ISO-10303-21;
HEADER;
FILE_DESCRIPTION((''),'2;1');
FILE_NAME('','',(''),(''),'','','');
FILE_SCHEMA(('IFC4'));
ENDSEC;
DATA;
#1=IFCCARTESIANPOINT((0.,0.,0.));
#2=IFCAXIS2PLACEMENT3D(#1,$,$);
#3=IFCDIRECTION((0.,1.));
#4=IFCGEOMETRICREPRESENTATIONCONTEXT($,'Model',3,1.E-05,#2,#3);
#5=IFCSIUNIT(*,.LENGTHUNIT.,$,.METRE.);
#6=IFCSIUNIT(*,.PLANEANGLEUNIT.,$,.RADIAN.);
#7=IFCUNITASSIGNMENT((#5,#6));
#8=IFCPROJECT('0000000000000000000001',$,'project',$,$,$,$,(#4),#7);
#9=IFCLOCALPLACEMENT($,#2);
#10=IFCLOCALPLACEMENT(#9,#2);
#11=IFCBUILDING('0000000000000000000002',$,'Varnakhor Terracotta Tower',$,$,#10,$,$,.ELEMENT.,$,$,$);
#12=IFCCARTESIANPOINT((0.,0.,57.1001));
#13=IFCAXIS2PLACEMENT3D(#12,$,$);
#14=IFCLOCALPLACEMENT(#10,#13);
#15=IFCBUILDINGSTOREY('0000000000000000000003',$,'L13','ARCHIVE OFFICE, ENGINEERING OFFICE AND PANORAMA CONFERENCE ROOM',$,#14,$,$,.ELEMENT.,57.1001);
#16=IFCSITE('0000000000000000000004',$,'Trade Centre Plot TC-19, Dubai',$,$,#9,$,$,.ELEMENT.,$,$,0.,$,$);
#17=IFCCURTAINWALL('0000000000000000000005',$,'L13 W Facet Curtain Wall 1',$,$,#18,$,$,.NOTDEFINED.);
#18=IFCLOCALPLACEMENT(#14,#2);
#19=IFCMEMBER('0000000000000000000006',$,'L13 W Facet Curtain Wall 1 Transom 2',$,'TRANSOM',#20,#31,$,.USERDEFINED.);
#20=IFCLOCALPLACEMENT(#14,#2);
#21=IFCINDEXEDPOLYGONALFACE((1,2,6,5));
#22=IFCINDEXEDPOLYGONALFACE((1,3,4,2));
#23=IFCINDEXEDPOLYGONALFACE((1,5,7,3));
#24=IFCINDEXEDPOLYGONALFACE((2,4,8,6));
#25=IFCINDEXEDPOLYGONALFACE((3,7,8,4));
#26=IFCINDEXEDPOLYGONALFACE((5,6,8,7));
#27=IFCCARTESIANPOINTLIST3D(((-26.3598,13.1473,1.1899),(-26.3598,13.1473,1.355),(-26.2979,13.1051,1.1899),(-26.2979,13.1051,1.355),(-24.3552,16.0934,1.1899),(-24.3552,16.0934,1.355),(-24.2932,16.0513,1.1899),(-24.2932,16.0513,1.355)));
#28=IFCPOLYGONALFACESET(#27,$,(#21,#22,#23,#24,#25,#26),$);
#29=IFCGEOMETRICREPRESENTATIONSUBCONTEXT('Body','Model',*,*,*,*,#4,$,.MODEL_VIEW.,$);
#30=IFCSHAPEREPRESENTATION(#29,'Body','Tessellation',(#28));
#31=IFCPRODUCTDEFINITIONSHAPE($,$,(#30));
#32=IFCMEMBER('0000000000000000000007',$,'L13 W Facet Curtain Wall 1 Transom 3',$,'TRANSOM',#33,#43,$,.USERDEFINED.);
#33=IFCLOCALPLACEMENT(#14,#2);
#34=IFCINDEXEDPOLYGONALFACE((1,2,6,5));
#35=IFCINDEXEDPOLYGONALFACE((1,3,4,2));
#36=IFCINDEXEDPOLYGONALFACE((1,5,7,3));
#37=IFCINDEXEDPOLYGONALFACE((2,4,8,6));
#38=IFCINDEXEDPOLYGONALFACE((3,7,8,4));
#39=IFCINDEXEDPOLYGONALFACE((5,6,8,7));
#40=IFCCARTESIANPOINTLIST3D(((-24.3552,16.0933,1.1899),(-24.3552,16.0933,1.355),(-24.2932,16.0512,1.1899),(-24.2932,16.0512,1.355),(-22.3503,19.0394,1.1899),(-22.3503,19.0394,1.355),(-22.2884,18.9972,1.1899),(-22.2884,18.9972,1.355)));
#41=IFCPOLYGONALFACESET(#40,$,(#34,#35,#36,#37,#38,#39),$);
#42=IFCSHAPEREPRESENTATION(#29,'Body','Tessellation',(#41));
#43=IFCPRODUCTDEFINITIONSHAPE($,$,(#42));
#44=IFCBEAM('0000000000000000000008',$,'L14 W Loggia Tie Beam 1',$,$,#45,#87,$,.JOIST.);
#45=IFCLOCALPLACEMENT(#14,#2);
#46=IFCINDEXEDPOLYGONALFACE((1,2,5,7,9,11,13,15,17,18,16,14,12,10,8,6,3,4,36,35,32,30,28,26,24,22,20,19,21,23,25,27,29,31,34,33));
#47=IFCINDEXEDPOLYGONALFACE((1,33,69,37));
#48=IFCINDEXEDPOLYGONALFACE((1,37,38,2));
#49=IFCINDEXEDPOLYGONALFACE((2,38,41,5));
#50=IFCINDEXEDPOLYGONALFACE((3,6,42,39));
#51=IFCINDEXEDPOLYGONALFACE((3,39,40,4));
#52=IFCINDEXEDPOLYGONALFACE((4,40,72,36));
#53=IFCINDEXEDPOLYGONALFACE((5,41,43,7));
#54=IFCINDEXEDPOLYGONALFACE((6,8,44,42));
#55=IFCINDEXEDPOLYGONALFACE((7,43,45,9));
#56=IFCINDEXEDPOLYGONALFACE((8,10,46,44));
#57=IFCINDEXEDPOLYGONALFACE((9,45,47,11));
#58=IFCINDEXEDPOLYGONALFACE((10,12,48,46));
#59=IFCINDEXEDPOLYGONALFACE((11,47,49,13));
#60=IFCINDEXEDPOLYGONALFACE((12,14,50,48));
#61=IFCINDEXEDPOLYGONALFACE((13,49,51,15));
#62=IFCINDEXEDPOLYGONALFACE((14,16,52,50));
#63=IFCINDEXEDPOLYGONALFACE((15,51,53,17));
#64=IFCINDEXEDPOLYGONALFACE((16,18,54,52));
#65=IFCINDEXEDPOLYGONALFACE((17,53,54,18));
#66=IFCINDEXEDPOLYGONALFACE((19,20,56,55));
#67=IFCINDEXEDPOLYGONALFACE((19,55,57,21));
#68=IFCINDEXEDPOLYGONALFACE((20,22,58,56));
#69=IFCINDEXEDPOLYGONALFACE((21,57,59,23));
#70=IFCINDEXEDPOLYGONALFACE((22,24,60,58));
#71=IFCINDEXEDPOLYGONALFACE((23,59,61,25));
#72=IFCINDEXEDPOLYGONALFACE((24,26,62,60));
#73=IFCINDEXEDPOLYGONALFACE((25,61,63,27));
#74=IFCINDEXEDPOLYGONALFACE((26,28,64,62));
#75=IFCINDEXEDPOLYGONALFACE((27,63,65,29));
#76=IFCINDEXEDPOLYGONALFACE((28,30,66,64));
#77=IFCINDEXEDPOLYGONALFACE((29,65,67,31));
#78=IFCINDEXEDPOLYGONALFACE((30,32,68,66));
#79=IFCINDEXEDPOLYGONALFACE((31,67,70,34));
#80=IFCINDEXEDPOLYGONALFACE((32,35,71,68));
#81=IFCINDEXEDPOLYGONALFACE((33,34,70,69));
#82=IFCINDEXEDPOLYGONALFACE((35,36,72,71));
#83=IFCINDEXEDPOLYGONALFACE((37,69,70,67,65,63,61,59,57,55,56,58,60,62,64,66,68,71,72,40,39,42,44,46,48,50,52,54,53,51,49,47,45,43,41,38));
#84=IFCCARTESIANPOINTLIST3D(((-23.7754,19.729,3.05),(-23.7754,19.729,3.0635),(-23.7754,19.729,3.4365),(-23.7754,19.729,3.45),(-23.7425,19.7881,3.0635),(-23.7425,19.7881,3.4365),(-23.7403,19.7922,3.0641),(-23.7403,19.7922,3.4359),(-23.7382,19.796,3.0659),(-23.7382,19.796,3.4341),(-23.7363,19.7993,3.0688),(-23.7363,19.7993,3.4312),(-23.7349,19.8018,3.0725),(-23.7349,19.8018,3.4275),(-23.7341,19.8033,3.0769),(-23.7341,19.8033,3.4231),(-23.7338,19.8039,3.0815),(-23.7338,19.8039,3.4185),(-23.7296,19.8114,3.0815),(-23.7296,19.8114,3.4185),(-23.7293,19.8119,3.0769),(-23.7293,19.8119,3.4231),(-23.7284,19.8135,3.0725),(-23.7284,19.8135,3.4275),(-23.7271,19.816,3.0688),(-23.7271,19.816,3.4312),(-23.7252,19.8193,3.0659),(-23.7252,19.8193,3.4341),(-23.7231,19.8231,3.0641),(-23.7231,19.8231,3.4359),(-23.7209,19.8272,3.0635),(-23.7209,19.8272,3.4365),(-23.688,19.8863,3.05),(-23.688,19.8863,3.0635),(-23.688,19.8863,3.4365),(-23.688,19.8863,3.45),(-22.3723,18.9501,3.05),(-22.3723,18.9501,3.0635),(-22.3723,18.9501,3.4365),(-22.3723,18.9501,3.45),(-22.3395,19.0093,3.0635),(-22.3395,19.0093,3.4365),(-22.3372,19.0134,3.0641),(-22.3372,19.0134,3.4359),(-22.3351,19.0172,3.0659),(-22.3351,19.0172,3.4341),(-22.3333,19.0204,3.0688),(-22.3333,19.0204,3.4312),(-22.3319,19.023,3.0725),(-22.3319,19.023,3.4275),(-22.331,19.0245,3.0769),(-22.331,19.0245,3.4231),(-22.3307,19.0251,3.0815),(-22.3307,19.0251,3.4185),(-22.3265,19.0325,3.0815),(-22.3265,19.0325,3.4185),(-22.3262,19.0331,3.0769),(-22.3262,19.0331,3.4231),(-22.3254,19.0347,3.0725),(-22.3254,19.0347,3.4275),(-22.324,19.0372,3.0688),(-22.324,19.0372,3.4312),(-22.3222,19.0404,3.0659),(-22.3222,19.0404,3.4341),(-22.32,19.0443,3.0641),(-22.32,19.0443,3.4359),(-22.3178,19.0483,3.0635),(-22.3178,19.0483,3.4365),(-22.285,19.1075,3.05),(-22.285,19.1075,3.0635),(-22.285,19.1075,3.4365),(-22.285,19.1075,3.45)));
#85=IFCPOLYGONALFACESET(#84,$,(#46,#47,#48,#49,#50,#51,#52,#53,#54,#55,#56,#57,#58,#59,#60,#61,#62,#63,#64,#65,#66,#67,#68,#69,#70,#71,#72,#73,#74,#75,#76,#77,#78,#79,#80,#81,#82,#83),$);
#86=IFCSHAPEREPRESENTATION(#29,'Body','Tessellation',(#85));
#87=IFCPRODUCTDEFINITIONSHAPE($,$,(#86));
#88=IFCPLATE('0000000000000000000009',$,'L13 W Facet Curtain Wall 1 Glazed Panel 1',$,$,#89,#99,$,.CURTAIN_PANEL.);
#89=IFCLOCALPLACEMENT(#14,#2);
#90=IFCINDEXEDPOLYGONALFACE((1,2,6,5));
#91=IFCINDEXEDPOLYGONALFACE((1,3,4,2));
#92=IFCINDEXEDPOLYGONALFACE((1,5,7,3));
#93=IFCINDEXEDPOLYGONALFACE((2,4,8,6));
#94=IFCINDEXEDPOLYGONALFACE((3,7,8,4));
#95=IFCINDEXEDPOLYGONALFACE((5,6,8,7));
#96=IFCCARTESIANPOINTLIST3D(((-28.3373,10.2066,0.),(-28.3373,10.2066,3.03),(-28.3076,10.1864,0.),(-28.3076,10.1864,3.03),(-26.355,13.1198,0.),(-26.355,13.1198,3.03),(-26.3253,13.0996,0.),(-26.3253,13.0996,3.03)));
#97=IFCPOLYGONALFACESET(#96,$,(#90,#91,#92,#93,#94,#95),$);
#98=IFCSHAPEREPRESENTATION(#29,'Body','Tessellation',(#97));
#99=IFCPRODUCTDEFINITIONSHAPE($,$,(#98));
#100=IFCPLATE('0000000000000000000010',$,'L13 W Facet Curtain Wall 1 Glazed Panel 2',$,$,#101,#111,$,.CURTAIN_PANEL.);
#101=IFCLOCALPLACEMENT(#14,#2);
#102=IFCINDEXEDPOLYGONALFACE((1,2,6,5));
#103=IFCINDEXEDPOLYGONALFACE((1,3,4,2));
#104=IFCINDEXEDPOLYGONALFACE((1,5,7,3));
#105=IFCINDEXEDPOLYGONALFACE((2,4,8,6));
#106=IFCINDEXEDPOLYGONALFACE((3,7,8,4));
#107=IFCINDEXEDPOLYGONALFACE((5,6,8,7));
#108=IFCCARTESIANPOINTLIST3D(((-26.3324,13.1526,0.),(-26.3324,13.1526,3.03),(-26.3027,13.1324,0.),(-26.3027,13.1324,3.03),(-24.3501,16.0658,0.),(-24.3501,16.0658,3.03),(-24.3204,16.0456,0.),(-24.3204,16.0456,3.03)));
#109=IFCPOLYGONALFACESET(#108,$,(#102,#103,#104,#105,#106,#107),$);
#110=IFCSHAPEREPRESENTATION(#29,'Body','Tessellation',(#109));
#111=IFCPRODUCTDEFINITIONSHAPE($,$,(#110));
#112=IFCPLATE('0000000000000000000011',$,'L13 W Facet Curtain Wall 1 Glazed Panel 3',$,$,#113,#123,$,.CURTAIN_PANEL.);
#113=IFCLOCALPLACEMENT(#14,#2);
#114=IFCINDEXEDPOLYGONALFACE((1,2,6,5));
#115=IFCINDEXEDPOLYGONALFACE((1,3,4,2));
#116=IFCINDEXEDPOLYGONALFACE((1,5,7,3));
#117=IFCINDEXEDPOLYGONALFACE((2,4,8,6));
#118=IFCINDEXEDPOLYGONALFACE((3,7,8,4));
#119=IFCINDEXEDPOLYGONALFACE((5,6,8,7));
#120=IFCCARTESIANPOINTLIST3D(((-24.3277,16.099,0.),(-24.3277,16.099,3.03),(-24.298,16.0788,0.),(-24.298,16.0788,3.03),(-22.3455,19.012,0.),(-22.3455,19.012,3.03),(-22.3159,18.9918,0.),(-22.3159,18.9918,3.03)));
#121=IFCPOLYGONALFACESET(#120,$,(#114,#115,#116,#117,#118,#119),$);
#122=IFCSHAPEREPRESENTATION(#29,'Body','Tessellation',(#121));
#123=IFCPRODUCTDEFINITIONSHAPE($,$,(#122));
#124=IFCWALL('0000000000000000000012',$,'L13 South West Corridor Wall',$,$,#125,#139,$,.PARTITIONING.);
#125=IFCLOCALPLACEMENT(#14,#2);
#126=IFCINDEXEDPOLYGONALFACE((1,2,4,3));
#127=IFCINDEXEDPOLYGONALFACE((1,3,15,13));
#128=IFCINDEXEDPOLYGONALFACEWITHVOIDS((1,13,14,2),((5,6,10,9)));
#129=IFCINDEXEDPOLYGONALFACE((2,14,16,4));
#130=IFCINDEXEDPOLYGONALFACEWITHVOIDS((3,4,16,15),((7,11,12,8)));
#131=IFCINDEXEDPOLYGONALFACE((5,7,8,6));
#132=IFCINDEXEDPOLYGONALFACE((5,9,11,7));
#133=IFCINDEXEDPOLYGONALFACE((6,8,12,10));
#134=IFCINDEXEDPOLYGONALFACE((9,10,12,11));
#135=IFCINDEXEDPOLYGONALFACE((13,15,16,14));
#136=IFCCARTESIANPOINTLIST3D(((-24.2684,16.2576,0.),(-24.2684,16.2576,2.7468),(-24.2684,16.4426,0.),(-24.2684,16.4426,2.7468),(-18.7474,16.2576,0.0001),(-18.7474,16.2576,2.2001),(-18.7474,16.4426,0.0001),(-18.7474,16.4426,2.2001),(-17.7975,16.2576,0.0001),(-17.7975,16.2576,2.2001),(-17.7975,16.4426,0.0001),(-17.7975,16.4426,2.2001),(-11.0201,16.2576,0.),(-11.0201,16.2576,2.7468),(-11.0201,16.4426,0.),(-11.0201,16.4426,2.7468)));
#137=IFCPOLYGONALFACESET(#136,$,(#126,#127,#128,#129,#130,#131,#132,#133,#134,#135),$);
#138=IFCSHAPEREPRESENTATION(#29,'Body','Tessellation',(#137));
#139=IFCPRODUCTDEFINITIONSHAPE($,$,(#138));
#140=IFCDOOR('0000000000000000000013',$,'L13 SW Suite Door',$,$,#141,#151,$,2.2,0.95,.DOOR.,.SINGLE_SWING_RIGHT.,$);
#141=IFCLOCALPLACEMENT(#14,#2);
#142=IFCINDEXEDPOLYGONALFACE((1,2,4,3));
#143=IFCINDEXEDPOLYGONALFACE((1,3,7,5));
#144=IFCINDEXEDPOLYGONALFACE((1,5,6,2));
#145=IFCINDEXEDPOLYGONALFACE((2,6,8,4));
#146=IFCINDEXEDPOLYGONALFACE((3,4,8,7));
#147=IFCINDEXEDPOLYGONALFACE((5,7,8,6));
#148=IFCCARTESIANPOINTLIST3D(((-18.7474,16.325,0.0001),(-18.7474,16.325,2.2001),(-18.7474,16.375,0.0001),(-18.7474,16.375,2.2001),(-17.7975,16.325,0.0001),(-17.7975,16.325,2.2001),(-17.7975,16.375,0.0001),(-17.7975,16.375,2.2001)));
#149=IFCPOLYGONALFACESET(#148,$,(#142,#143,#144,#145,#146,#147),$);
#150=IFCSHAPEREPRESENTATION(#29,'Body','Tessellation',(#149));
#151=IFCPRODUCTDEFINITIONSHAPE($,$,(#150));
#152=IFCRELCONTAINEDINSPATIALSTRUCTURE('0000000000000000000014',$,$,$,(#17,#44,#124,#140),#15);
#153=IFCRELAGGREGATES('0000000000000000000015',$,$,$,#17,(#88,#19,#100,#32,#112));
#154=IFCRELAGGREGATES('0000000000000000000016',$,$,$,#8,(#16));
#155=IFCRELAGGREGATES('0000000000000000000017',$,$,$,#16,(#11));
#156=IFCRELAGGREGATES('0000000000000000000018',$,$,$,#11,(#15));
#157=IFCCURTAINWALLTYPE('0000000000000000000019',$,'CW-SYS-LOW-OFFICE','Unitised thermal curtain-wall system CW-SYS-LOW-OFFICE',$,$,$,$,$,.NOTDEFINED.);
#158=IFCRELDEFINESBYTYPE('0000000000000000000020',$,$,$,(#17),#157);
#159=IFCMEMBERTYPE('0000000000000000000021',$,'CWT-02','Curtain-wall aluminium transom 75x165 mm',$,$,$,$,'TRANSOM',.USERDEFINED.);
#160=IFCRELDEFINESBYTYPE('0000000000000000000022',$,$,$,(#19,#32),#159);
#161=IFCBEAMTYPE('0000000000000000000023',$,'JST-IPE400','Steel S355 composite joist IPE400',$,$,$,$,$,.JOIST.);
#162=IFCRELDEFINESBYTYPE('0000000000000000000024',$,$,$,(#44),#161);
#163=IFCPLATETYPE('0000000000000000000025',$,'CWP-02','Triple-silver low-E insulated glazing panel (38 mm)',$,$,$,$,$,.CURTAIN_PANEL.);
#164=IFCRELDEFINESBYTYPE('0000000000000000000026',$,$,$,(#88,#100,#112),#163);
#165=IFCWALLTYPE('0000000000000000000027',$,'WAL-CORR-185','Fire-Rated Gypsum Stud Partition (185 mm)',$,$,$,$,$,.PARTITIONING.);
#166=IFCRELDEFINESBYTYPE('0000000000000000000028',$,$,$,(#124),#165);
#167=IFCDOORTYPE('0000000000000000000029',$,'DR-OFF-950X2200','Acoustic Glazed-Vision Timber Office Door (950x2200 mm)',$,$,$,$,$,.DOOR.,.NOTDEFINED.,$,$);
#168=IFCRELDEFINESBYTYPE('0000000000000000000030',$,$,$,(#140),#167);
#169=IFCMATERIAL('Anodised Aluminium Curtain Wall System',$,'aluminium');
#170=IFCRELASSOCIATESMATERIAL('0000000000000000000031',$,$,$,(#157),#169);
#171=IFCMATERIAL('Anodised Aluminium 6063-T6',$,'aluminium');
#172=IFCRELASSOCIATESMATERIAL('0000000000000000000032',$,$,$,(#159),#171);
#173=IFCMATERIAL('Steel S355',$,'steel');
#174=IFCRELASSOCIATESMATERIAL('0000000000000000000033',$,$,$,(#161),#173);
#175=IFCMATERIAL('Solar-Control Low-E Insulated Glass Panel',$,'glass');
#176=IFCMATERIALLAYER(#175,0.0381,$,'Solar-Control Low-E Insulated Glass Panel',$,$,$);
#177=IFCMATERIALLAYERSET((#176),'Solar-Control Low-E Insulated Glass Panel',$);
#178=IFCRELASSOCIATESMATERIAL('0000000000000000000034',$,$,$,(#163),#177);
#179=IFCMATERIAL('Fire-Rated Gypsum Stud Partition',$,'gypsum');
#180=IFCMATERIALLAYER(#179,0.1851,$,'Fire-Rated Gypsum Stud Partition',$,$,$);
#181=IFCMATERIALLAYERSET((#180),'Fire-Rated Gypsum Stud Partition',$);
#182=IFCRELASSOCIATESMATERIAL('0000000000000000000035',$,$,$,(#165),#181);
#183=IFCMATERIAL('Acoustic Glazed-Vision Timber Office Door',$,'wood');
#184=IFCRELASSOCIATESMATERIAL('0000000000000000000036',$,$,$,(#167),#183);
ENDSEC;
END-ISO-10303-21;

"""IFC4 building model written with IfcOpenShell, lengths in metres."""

from ifc_helpers import new_model, si_unit, direction, frame, frame_2d, origin, origin_2d, place, context, subcontext, project, spatial, rectangle, i_section, extrude, source, transform, mapped, material, layer, layer_set, material_profile, profile_set, type_object, type_shapes, element, fill, aggregate, save


model = new_model("IFC4")

# Units and contexts
model_context = context("Model", 3, precision=1e-05, world=origin(), true_north=direction((0.0, 1.0)))
body_context = subcontext(model_context, "Body", "Model", "MODEL_VIEW")
ifc_project = project(units=[si_unit("LENGTHUNIT", "METRE"), si_unit("PLANEANGLEUNIT", "RADIAN")], contexts=[model_context])

# Site, building, storey
site_placement = place(None, origin())
site = spatial("IfcSite", under=ifc_project, at=site_placement, Name="Trade Centre Plot TC-19, Dubai", CompositionType="ELEMENT", RefElevation=0.0)
building_placement = place(site_placement, origin())
building = spatial("IfcBuilding", under=site, at=building_placement, Name="Varnakhor Terracotta Tower", CompositionType="ELEMENT")
storey_placement = place(building_placement, frame((0.0, 0.0, 57.1001)))
storey = spatial("IfcBuildingStorey", under=building, at=storey_placement, Name="L13", Description="ARCHIVE OFFICE, ENGINEERING OFFICE AND PANORAMA CONFERENCE ROOM", CompositionType="ELEMENT", Elevation=57.1001)

# Shared definitions
ifc_material_1 = material(Name="Steel S355", Category="steel")

# Curtain wall, members
ifc_material_2 = material(Name="Anodised Aluminium Curtain Wall System", Category="aluminium")
curtain_wall_type = type_object("IfcCurtainWallType", Name="CW-SYS-LOW-OFFICE", Description="Unitised thermal curtain-wall system CW-SYS-LOW-OFFICE", PredefinedType="NOTDEFINED", material=ifc_material_2)
curtain_wall_placement = place(storey_placement, origin())
curtain_wall = element("IfcCurtainWall", 1, at=curtain_wall_placement, inside=storey, type_object=curtain_wall_type, Name="L13 W Facet Curtain Wall 1", PredefinedType="NOTDEFINED")
ifc_material_3 = material(Name="Anodised Aluminium 6063-T6", Category="aluminium")
ifc_material_profile_1 = material_profile(ifc_material_3, rectangle(XDim=0.075, YDim=0.165, at=origin_2d()), Name="ALU TRANSOM 75x165")
ifc_profile_set_1 = profile_set([ifc_material_profile_1], Name="Anodised Aluminium 6063-T6")
member_type_1 = type_object("IfcMemberType", Name="CWT-02", Description="Curtain-wall aluminium transom 75x165 mm", ElementType="TRANSOM", PredefinedType="USERDEFINED", material=ifc_profile_set_1)
shared_shape_1 = source(origin(), body_context, "Body", "SweptSolid", [
    extrude(rectangle(XDim=0.075, YDim=0.165, at=origin_2d()), origin(), (0.0, 0.0, 1.0), 3.5635),
])
member_1_placement = place(storey_placement, frame((-26.3289, 13.1262, 1.2725), z_axis=(0.562565, 0.826753, 0.0), x_axis=(-0.826753, 0.562565, 0.0)))
member_1 = element("IfcMember", 2, at=member_1_placement, type_object=member_type_1, Name="L13 W Facet Curtain Wall 1 Transom 2", ObjectType="TRANSOM", PredefinedType="USERDEFINED", context=body_context, shape_type="MappedRepresentation", body=[
    mapped(shared_shape_1, transform((0.0, 0.0, 0.0), scale=1.0)),
])
member_2_placement = place(storey_placement, frame((-24.3242, 16.0723, 1.2725), z_axis=(0.562612, 0.826721, 0.0), x_axis=(-0.826721, 0.562612, 0.0)))
member_2 = element("IfcMember", 3, at=member_2_placement, type_object=member_type_1, Name="L13 W Facet Curtain Wall 1 Transom 3", ObjectType="TRANSOM", PredefinedType="USERDEFINED", context=body_context, shape_type="MappedRepresentation", body=[
    mapped(shared_shape_1, transform((0.0, 0.0, 0.0), scale=1.0)),
])

# Beam
ifc_material_profile_2 = material_profile(ifc_material_1, i_section(OverallWidth=0.1799, OverallDepth=0.3999, WebThickness=0.0085, FlangeThickness=0.0134, FilletRadius=0.0181, at=origin_2d()), Name="IPE400")
ifc_profile_set_2 = profile_set([ifc_material_profile_2], Name="Steel S355")
beam_type_1 = type_object("IfcBeamType", Name="JST-IPE400", Description="Steel S355 composite joist IPE400", PredefinedType="JOIST", material=ifc_profile_set_2)
shared_shape_2 = source(origin(), body_context, "Body", "SweptSolid", [
    extrude(i_section(OverallWidth=0.1799, OverallDepth=0.3999, WebThickness=0.0085, FlangeThickness=0.0134, FilletRadius=0.0181, at=origin_2d()), origin(), (0.0, 0.0, 1.0), 1.6047),
])
beam_1_placement = place(storey_placement, frame((-22.3286, 19.0288, 3.25), z_axis=(-0.874337, 0.48532, 0.0), x_axis=(-0.48532, -0.874337, 0.0)))
element("IfcBeam", 4, at=beam_1_placement, inside=storey, type_object=beam_type_1, Name="L14 W Loggia Tie Beam 1", PredefinedType="JOIST", context=body_context, shape_type="MappedRepresentation", body=[
    mapped(shared_shape_2, transform((0.0, 0.0, 0.0), scale=1.0)),
])

# Plates
ifc_material_4 = material(Name="Solar-Control Low-E Insulated Glass Panel", Category="glass")
ifc_layer_1 = layer(ifc_material_4, 0.0381, Name="Solar-Control Low-E Insulated Glass Panel")
ifc_layer_set_1 = layer_set([ifc_layer_1], Name="Solar-Control Low-E Insulated Glass Panel")
plate_type = type_object("IfcPlateType", Name="CWP-02", Description="Triple-silver low-E insulated glazing panel (38 mm)", PredefinedType="CURTAIN_PANEL", material=ifc_layer_set_1)
shared_shape_3 = source(origin(), body_context, "Body", "SweptSolid", [
    extrude(rectangle(XDim=3.5237, YDim=0.0359, at=origin_2d()), origin(), (0.0, 0.0, 1.0), 3.03),
])
plate_1_placement = place(storey_placement, frame((-27.3313, 11.6531, 0.0), z_axis=(0.0, 0.0, 1.0), x_axis=(0.56256, 0.826757, 0.0)))
plate_1 = element("IfcPlate", 5, at=plate_1_placement, type_object=plate_type, Name="L13 W Facet Curtain Wall 1 Glazed Panel 1", PredefinedType="CURTAIN_PANEL", context=body_context, shape_type="MappedRepresentation", body=[
    mapped(shared_shape_3, transform((0.0, 0.0, 0.0), scale=1.0)),
])
plate_2_placement = place(storey_placement, frame((-25.3264, 14.5991, 0.0), z_axis=(0.0, 0.0, 1.0), x_axis=(0.56256, 0.826757, 0.0)))
plate_2 = element("IfcPlate", 6, at=plate_2_placement, type_object=plate_type, Name="L13 W Facet Curtain Wall 1 Glazed Panel 2", PredefinedType="CURTAIN_PANEL", context=body_context, shape_type="MappedRepresentation", body=[
    mapped(shared_shape_3, transform((0.0, 0.0, 0.0), scale=1.0)),
])
shared_shape_4 = source(origin(), body_context, "Body", "SweptSolid", [
    extrude(rectangle(XDim=3.5234, YDim=0.0359, at=origin_2d()), origin(), (0.0, 0.0, 1.0), 3.03),
])
plate_3_placement = place(storey_placement, frame((-23.3218, 17.5454, 0.0), z_axis=(0.0, 0.0, 1.0), x_axis=(0.56256, 0.826757, 0.0)))
plate_3 = element("IfcPlate", 7, at=plate_3_placement, type_object=plate_type, Name="L13 W Facet Curtain Wall 1 Glazed Panel 3", PredefinedType="CURTAIN_PANEL", context=body_context, shape_type="MappedRepresentation", body=[
    mapped(shared_shape_4, transform((0.0, 0.0, 0.0), scale=1.0)),
])
aggregate(curtain_wall, [plate_1, member_1, plate_2, member_2, plate_3])

# Wall, opening, door
ifc_material_5 = material(Name="Fire-Rated Gypsum Stud Partition", Category="gypsum")
ifc_layer_2 = layer(ifc_material_5, 0.1851, Name="Fire-Rated Gypsum Stud Partition")
ifc_layer_set_2 = layer_set([ifc_layer_2], Name="Fire-Rated Gypsum Stud Partition")
wall_type_1 = type_object("IfcWallType", Name="WAL-CORR-185", Description="Fire-Rated Gypsum Stud Partition (185 mm)", PredefinedType="PARTITIONING", material=ifc_layer_set_2)
wall_1_placement = place(storey_placement, frame((-24.2683, 16.3501, 0.0), z_axis=(0.0, 0.0, 1.0), x_axis=(1.0, 0.0, 0.0)))
wall_1 = element("IfcWall", 8, at=wall_1_placement, inside=storey, type_object=wall_type_1, Name="L13 South West Corridor Wall", PredefinedType="PARTITIONING", context=body_context, shape_type="SweptSolid", body=[
    extrude(rectangle(XDim=13.2483, YDim=0.1851, at=frame_2d((6.624, 0.0))), origin(), (0.0, 0.0, 1.0), 2.7468),
])
opening_1_placement = place(wall_1_placement, frame((5.5208, 0.0, 0.0)))
opening_1 = element("IfcOpeningElement", 9, at=opening_1_placement, cuts=wall_1, PredefinedType="OPENING", context=body_context, shape_type="SweptSolid", body=[
    extrude(rectangle(XDim=0.95, YDim=2.2, at=frame_2d((0.4751, 1.1001))), frame((0.0, 0.1025, 0.0), z_axis=(0.0, -1.0, 0.0), x_axis=(1.0, 0.0, 0.0)), (0.0, 0.0, 1.0), 0.2051),
])
ifc_material_6 = material(Name="Acoustic Glazed-Vision Timber Office Door", Category="wood")
door_type_1 = type_object("IfcDoorType", Name="DR-OFF-950X2200", Description="Acoustic Glazed-Vision Timber Office Door (950x2200 mm)", OperationType="NOTDEFINED", PredefinedType="DOOR", material=ifc_material_6)
shared_shape_5 = source(origin(), body_context, "Body", "SweptSolid", [
    extrude(rectangle(XDim=0.95, YDim=2.2, at=frame_2d((0.4751, 1.1001))), frame((0.0, 0.0249, 0.0), z_axis=(0.0, -1.0, 0.0), x_axis=(1.0, 0.0, 0.0)), (0.0, 0.0, 1.0), 0.05),
])
type_shapes(door_type_1, [shared_shape_5])
door_1_placement = place(opening_1_placement, origin())
door_1 = element("IfcDoor", 10, at=door_1_placement, inside=storey, type_object=door_type_1, Name="L13 SW Suite Door", OperationType="SINGLE_SWING_RIGHT", OverallHeight=2.2, OverallWidth=0.95, PredefinedType="DOOR", context=body_context, shape_type="MappedRepresentation", body=[
    mapped(shared_shape_5, transform((0.0, 0.0, 0.0), scale=1.0)),
])
fill(opening_1, door_1)

save(model, "model.ifc")
